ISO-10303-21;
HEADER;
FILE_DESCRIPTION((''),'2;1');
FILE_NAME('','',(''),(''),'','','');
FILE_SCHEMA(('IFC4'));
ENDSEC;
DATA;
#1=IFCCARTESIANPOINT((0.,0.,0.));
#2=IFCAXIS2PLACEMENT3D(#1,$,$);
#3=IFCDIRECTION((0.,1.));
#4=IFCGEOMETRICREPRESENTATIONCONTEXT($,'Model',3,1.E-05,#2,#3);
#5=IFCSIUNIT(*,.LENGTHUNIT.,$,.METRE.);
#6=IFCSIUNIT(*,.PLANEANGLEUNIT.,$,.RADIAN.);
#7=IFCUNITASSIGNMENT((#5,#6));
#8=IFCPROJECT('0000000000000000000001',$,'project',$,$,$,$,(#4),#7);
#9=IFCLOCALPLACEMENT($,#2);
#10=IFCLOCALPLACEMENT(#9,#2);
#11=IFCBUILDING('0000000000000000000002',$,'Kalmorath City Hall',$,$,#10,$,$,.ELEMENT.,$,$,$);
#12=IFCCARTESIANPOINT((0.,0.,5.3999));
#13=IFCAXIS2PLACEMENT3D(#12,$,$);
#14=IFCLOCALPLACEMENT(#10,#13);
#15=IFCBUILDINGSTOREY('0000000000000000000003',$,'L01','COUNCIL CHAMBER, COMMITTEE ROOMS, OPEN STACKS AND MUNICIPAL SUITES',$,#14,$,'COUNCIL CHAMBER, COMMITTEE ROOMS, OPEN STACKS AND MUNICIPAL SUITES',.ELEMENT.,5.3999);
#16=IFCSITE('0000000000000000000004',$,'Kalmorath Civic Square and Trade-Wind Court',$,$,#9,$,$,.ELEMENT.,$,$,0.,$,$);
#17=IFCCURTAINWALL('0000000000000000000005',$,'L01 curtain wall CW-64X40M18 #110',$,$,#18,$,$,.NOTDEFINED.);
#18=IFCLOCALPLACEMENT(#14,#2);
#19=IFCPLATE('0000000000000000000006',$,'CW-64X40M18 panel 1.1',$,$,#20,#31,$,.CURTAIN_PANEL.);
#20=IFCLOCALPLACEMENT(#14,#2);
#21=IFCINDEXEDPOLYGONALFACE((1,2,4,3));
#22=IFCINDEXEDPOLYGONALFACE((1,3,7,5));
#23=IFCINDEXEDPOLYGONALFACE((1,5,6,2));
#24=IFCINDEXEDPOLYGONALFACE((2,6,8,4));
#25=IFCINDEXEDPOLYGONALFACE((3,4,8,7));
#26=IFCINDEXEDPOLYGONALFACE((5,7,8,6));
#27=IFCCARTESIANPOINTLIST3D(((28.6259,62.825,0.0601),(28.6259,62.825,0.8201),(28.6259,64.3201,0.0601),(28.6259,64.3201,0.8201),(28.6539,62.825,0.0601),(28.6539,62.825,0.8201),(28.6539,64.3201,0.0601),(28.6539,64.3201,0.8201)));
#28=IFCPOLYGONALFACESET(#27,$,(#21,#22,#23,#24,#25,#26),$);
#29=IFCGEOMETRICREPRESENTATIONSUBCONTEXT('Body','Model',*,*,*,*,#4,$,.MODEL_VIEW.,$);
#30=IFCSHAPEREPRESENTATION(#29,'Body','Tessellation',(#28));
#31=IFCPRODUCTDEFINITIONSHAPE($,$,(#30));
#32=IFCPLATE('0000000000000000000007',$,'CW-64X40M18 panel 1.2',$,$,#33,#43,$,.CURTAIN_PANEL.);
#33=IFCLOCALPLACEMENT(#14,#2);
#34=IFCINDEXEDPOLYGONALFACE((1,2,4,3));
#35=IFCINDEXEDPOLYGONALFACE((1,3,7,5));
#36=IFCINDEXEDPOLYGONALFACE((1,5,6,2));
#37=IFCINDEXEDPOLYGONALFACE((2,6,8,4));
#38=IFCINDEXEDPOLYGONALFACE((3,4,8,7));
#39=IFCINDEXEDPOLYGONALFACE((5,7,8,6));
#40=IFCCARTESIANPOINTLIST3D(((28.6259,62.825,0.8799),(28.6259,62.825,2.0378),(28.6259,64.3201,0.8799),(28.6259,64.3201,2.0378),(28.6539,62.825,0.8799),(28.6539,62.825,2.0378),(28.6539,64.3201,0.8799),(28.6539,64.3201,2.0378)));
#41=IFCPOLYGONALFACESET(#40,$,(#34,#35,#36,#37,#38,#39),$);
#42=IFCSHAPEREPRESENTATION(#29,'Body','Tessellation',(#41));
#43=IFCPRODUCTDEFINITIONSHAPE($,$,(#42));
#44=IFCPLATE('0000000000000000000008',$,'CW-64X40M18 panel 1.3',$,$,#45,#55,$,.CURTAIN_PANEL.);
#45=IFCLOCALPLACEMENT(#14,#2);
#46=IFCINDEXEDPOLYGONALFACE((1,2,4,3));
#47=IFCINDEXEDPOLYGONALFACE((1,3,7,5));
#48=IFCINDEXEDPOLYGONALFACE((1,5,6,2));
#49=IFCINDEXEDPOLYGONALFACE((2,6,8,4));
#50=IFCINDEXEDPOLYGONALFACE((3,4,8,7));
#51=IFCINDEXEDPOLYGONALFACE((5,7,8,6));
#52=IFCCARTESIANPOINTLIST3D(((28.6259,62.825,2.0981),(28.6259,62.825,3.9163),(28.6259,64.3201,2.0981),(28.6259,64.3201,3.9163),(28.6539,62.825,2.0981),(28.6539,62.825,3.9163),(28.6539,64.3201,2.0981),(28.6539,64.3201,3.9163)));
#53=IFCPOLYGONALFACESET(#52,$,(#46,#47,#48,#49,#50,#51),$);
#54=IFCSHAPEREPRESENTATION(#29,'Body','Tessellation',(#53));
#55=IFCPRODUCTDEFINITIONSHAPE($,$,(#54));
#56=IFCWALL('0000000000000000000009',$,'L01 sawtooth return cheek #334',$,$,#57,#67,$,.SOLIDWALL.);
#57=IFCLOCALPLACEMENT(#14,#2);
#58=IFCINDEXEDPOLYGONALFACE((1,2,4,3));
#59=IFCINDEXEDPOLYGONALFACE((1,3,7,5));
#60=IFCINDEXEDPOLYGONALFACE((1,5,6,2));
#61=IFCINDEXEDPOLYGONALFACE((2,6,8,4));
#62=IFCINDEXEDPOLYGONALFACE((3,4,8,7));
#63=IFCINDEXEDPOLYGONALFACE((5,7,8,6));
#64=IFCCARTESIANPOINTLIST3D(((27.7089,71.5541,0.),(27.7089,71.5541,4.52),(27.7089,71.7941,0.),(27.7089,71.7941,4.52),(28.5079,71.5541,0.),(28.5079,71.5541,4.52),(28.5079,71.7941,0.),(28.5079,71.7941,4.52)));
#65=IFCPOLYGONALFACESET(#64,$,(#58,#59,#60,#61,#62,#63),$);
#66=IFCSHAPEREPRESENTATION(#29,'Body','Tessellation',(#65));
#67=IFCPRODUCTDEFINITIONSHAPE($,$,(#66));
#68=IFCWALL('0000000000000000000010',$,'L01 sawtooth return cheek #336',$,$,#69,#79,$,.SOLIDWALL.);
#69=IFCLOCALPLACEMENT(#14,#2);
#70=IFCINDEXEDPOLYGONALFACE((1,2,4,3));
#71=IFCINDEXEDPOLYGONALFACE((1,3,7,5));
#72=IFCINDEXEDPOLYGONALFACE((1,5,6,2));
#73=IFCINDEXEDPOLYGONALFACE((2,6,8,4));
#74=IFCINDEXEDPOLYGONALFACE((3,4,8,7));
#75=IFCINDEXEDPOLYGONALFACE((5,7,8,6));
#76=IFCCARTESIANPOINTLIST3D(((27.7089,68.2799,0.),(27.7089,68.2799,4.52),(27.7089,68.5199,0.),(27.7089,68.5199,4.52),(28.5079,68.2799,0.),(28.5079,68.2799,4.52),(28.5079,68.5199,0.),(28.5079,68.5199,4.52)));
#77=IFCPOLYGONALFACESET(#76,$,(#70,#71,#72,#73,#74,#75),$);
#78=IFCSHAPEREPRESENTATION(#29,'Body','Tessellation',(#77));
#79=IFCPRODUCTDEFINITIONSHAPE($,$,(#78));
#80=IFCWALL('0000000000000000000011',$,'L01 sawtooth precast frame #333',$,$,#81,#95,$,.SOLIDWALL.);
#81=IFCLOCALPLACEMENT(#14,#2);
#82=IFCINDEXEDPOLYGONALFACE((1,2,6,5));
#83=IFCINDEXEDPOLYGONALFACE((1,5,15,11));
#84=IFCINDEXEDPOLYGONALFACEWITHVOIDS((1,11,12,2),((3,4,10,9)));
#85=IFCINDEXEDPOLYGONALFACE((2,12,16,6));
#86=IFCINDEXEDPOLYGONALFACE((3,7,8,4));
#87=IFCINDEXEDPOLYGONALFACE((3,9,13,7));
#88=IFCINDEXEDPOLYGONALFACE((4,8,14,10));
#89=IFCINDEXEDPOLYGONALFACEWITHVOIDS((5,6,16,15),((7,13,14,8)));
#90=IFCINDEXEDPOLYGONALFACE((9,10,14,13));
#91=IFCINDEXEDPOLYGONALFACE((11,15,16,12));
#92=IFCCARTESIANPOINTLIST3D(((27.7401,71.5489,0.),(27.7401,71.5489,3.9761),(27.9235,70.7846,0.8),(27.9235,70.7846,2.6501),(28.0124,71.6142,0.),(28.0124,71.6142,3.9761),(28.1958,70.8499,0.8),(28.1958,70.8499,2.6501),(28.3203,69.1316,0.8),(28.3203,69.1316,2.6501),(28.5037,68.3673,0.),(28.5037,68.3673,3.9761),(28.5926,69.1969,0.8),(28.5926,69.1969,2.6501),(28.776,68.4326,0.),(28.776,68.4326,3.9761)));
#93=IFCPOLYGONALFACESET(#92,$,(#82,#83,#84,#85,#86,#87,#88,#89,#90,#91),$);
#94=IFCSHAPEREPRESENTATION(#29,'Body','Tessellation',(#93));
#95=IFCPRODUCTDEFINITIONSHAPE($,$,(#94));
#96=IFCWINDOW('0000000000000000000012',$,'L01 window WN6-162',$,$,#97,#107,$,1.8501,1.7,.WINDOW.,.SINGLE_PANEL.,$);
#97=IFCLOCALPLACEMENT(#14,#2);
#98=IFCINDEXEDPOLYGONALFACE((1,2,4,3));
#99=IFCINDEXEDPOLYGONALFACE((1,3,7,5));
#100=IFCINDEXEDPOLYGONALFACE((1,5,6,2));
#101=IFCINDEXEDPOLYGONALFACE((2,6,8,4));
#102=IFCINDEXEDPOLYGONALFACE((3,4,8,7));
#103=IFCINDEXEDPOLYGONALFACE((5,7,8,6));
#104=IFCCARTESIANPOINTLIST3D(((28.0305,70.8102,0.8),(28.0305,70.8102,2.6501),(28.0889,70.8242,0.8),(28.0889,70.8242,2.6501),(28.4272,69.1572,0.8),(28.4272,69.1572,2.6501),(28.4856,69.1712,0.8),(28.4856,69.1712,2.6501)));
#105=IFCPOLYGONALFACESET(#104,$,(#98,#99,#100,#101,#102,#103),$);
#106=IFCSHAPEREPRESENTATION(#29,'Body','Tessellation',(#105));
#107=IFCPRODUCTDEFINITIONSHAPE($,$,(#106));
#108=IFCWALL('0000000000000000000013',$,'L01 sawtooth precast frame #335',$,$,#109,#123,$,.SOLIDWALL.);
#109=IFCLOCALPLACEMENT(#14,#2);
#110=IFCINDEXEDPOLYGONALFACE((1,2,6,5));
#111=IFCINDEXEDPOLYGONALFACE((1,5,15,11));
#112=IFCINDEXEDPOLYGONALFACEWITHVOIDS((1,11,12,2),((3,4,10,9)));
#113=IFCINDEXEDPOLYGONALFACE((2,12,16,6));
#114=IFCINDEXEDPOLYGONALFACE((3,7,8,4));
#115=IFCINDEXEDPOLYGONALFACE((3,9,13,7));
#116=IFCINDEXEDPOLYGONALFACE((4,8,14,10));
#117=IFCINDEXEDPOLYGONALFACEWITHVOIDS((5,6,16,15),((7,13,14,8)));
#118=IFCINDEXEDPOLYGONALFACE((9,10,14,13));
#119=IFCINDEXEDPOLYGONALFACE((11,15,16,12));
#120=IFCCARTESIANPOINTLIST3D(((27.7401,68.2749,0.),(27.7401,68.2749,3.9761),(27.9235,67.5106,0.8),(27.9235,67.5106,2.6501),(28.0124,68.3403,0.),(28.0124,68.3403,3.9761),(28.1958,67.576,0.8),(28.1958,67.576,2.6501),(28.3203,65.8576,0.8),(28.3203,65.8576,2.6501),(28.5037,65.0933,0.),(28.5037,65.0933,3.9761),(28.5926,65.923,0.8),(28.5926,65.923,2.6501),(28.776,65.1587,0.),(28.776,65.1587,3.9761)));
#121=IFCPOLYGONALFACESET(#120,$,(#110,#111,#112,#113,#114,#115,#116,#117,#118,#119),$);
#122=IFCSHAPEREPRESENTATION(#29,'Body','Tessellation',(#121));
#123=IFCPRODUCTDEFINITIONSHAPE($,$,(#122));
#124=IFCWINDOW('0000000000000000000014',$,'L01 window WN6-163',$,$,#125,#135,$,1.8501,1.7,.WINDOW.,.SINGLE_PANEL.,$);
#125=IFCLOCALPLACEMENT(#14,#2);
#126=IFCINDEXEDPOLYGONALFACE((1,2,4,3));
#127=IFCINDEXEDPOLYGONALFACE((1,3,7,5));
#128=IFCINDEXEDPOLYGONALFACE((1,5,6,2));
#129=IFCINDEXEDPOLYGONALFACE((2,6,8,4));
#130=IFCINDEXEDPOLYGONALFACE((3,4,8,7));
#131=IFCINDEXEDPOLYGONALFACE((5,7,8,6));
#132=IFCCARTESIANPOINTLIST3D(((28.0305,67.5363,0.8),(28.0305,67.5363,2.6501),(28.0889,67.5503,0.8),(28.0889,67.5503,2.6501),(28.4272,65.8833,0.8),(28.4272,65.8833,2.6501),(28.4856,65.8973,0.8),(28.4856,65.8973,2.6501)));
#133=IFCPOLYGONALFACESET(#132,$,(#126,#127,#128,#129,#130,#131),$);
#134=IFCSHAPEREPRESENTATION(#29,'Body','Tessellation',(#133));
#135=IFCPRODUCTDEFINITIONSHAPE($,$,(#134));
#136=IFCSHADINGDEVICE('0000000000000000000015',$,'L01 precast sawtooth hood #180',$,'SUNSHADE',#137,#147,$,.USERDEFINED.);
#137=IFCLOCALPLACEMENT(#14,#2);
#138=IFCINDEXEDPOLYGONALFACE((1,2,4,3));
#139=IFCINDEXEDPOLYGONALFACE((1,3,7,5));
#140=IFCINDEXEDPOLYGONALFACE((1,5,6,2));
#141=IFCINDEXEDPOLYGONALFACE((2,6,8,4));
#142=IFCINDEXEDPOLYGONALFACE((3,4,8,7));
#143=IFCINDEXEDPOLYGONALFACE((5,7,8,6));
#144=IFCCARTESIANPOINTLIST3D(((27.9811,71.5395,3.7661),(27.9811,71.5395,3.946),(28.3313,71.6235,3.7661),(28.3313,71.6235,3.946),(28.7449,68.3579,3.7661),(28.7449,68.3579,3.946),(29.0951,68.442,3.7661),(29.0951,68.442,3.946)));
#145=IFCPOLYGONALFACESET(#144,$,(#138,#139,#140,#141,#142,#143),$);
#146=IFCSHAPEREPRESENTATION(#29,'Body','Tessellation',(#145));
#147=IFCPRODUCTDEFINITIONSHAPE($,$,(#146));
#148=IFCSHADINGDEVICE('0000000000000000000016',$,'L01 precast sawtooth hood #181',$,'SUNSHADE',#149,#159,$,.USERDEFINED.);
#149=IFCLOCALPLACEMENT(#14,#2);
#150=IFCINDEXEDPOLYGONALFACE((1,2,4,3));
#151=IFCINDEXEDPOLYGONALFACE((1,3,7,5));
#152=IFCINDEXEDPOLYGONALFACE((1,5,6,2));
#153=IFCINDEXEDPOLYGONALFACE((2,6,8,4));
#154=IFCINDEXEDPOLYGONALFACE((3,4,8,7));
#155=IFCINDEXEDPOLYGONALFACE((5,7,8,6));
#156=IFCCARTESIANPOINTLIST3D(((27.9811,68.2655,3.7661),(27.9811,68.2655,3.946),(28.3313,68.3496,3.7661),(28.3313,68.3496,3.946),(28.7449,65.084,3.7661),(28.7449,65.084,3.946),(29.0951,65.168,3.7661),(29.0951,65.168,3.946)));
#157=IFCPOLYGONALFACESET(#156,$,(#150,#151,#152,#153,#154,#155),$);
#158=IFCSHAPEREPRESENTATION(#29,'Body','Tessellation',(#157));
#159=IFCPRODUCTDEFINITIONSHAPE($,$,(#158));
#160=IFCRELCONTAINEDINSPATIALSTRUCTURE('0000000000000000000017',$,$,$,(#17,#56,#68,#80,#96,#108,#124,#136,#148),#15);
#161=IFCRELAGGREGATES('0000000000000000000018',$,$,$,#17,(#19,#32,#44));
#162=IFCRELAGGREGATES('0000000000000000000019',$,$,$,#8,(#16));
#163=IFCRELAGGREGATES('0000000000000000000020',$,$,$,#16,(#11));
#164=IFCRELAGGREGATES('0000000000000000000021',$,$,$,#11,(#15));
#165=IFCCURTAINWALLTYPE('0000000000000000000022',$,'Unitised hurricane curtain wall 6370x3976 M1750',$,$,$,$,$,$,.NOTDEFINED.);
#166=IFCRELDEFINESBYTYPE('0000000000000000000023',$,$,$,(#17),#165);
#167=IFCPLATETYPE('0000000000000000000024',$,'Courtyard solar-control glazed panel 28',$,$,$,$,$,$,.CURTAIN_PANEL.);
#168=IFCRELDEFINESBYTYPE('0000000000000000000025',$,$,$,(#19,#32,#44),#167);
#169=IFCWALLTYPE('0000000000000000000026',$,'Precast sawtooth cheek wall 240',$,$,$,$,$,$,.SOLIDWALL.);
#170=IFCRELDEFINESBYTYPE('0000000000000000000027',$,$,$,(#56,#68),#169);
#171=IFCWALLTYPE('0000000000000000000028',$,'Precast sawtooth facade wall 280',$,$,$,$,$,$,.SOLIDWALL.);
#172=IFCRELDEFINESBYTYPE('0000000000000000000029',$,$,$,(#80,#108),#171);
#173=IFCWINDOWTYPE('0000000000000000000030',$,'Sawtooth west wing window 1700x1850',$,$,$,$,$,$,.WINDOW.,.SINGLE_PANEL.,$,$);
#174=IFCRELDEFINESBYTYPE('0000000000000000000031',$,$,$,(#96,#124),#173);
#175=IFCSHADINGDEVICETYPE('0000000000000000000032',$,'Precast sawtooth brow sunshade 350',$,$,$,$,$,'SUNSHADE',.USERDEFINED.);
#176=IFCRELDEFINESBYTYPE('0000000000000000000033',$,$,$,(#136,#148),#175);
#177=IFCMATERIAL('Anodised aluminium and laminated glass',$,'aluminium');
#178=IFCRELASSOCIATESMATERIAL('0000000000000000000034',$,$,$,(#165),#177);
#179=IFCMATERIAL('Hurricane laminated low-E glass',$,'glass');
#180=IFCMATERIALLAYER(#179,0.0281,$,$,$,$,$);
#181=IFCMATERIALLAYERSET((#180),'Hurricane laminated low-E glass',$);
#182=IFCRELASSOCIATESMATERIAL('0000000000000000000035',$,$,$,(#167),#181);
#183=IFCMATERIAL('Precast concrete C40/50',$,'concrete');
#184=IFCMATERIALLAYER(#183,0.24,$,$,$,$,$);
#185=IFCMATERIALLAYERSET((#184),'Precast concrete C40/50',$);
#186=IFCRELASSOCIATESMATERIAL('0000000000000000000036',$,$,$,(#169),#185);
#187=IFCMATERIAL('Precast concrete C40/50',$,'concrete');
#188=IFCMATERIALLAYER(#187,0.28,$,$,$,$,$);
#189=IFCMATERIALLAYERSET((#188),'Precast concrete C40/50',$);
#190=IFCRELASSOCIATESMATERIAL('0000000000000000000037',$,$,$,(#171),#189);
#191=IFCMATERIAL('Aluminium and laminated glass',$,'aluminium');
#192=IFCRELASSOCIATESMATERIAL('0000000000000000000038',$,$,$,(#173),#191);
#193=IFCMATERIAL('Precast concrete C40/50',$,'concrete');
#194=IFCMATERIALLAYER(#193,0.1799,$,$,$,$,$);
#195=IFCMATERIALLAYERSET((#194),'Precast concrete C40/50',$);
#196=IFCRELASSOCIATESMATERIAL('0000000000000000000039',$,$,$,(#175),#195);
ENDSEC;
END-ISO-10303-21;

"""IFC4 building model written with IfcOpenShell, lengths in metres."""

from ifc_helpers import new_model, si_unit, direction, frame, frame_2d, origin, origin_2d, place, context, subcontext, project, spatial, rectangle, extrude, material, layer, layer_set, type_object, element, fill, aggregate, save


model = new_model("IFC4")

# Units and contexts
model_context = context("Model", 3, precision=1e-05, world=origin(), true_north=direction((0.0, 1.0)))
body_context = subcontext(model_context, "Body", "Model", "MODEL_VIEW")
ifc_project = project(units=[si_unit("LENGTHUNIT", "METRE"), si_unit("PLANEANGLEUNIT", "RADIAN")], contexts=[model_context])

# Site, building, storey
site_placement = place(None, origin())
site = spatial("IfcSite", under=ifc_project, at=site_placement, Name="Kalmorath Civic Square and Trade-Wind Court", CompositionType="ELEMENT", RefElevation=0.0)
building_placement = place(site_placement, origin())
building = spatial("IfcBuilding", under=site, at=building_placement, Name="Kalmorath City Hall", CompositionType="ELEMENT")
storey_placement = place(building_placement, frame((0.0, 0.0, 5.3999)))
storey = spatial("IfcBuildingStorey", under=building, at=storey_placement, Name="L01", Description="COUNCIL CHAMBER, COMMITTEE ROOMS, OPEN STACKS AND MUNICIPAL SUITES", LongName="COUNCIL CHAMBER, COMMITTEE ROOMS, OPEN STACKS AND MUNICIPAL SUITES", CompositionType="ELEMENT", Elevation=5.3999)

# Curtain wall
ifc_material_1 = material(Name="Anodised aluminium and laminated glass", Category="aluminium")
curtain_wall_type = type_object("IfcCurtainWallType", Name="Unitised hurricane curtain wall 6370x3976 M1750", PredefinedType="NOTDEFINED", material=ifc_material_1)
curtain_wall_placement = place(storey_placement, origin())
curtain_wall = element("IfcCurtainWall", 1, at=curtain_wall_placement, inside=storey, type_object=curtain_wall_type, Name="L01 curtain wall CW-64X40M18 #110", PredefinedType="NOTDEFINED")

# Plates
ifc_material_2 = material(Name="Hurricane laminated low-E glass", Category="glass")
ifc_layer_1 = layer(ifc_material_2, 0.0281)
ifc_layer_set_1 = layer_set([ifc_layer_1], Name="Hurricane laminated low-E glass")
plate_type = type_object("IfcPlateType", Name="Courtyard solar-control glazed panel 28", PredefinedType="CURTAIN_PANEL", material=ifc_layer_set_1)
plate_1_placement = place(storey_placement, frame((28.6399, 63.5725, 0.0601), z_axis=(0.0, 0.0, 1.0), x_axis=(0.0, -1.0, 0.0)))
plate_1 = element("IfcPlate", 2, at=plate_1_placement, type_object=plate_type, Name="CW-64X40M18 panel 1.1", PredefinedType="CURTAIN_PANEL", context=body_context, shape_type="SweptSolid", body=[
    extrude(rectangle(XDim=1.4951, YDim=0.0281, at=origin_2d()), origin(), (0.0, 0.0, 1.0), 0.76),
])
plate_2_placement = place(storey_placement, frame((28.6399, 63.5725, 0.8799), z_axis=(0.0, 0.0, 1.0), x_axis=(0.0, -1.0, 0.0)))
plate_2 = element("IfcPlate", 3, at=plate_2_placement, type_object=plate_type, Name="CW-64X40M18 panel 1.2", PredefinedType="CURTAIN_PANEL", context=body_context, shape_type="SweptSolid", body=[
    extrude(rectangle(XDim=1.4951, YDim=0.0281, at=origin_2d()), origin(), (0.0, 0.0, 1.0), 1.158),
])
plate_3_placement = place(storey_placement, frame((28.6399, 63.5725, 2.0981), z_axis=(0.0, 0.0, 1.0), x_axis=(0.0, -1.0, 0.0)))
plate_3 = element("IfcPlate", 4, at=plate_3_placement, type_object=plate_type, Name="CW-64X40M18 panel 1.3", PredefinedType="CURTAIN_PANEL", context=body_context, shape_type="SweptSolid", body=[
    extrude(rectangle(XDim=1.4951, YDim=0.0281, at=origin_2d()), origin(), (0.0, 0.0, 1.0), 1.8181),
])
aggregate(curtain_wall, [plate_1, plate_2, plate_3])

# Walls
ifc_material_3 = material(Name="Precast concrete C40/50", Category="concrete")
ifc_layer_2 = layer(ifc_material_3, 0.24)
ifc_layer_set_2 = layer_set([ifc_layer_2], Name="Precast concrete C40/50")
wall_type_1 = type_object("IfcWallType", Name="Precast sawtooth cheek wall 240", PredefinedType="SOLIDWALL", material=ifc_layer_set_2)
for number, where, z_axis, x_axis, name in (
    (5, (27.709, 71.6741, 0.0), (0.0, 0.0, 1.0), (1.0, 0.0, 0.0), "L01 sawtooth return cheek #334"),
    (6, (27.709, 68.3999, 0.0), (0.0, 0.0, 1.0), (1.0, 0.0, 0.0), "L01 sawtooth return cheek #336"),
):
    element("IfcWall", number, at=place(storey_placement, frame(where, z_axis=z_axis, x_axis=x_axis)), inside=storey, type_object=wall_type_1, Name=name, PredefinedType="SOLIDWALL", context=body_context, shape_type="SweptSolid", body=[
        extrude(rectangle(XDim=0.7991, YDim=0.24, at=frame_2d((0.3994, 0.0))), origin(), (0.0, 0.0, 1.0), 4.52),
    ])

# Walls, openings, windows
ifc_material_4 = material(Name="Precast concrete C40/50", Category="concrete")
ifc_layer_3 = layer(ifc_material_4, 0.28)
ifc_layer_set_3 = layer_set([ifc_layer_3], Name="Precast concrete C40/50")
wall_type_2 = type_object("IfcWallType", Name="Precast sawtooth facade wall 280", PredefinedType="SOLIDWALL", material=ifc_layer_set_3)
wall_1_placement = place(storey_placement, frame((27.8762, 71.5815, 0.0), z_axis=(0.0, 0.0, 1.0), x_axis=(0.233396, -0.972382, 0.0)))
wall_1 = element("IfcWall", 7, at=wall_1_placement, inside=storey, type_object=wall_type_2, Name="L01 sawtooth precast frame #333", PredefinedType="SOLIDWALL", context=body_context, shape_type="SweptSolid", body=[
    extrude(rectangle(XDim=3.272, YDim=0.28, at=frame_2d((1.636, 0.0))), origin(), (0.0, 0.0, 1.0), 3.9761),
])
opening_1_placement = place(wall_1_placement, frame((0.7859, 0.0, 0.8)))
opening_1 = element("IfcOpeningElement", 8, at=opening_1_placement, cuts=wall_1, PredefinedType="OPENING", context=body_context, shape_type="SweptSolid", body=[
    extrude(rectangle(XDim=1.7, YDim=1.8501, at=frame_2d((0.8501, 0.925))), frame((0.0, 0.1499, 0.0), z_axis=(0.0, -1.0, 0.0), x_axis=(1.0, 0.0, 0.0)), (0.0, 0.0, 1.0), 0.3),
])
ifc_material_5 = material(Name="Aluminium and laminated glass", Category="aluminium")
window_type = type_object("IfcWindowType", Name="Sawtooth west wing window 1700x1850", PartitioningType="SINGLE_PANEL", PredefinedType="WINDOW", material=ifc_material_5)
window_1_placement = place(opening_1_placement, origin())
window_1 = element("IfcWindow", 9, at=window_1_placement, inside=storey, type_object=window_type, Name="L01 window WN6-162", OverallHeight=1.8501, OverallWidth=1.7, PartitioningType="SINGLE_PANEL", PredefinedType="WINDOW", context=body_context, shape_type="SweptSolid", body=[
    extrude(rectangle(XDim=1.7, YDim=1.8501, at=frame_2d((0.8501, 0.925))), frame((0.0, 0.03, 0.0), z_axis=(0.0, -1.0, 0.0), x_axis=(1.0, 0.0, 0.0)), (0.0, 0.0, 1.0), 0.0601),
])
fill(opening_1, window_1)
wall_2_placement = place(storey_placement, frame((27.8762, 68.3076, 0.0), z_axis=(0.0, 0.0, 1.0), x_axis=(0.233396, -0.972382, 0.0)))
wall_2 = element("IfcWall", 10, at=wall_2_placement, inside=storey, type_object=wall_type_2, Name="L01 sawtooth precast frame #335", PredefinedType="SOLIDWALL", context=body_context, shape_type="SweptSolid", body=[
    extrude(rectangle(XDim=3.272, YDim=0.28, at=frame_2d((1.636, 0.0))), origin(), (0.0, 0.0, 1.0), 3.9761),
])
opening_2_placement = place(wall_2_placement, frame((0.7859, 0.0, 0.8)))
opening_2 = element("IfcOpeningElement", 11, at=opening_2_placement, cuts=wall_2, PredefinedType="OPENING", context=body_context, shape_type="SweptSolid", body=[
    extrude(rectangle(XDim=1.7, YDim=1.8501, at=frame_2d((0.8501, 0.925))), frame((0.0, 0.1499, 0.0), z_axis=(0.0, -1.0, 0.0), x_axis=(1.0, 0.0, 0.0)), (0.0, 0.0, 1.0), 0.3),
])
window_2_placement = place(opening_2_placement, origin())
window_2 = element("IfcWindow", 12, at=window_2_placement, inside=storey, type_object=window_type, Name="L01 window WN6-163", OverallHeight=1.8501, OverallWidth=1.7, PartitioningType="SINGLE_PANEL", PredefinedType="WINDOW", context=body_context, shape_type="SweptSolid", body=[
    extrude(rectangle(XDim=1.7, YDim=1.8501, at=frame_2d((0.8501, 0.925))), frame((0.0, 0.03, 0.0), z_axis=(0.0, -1.0, 0.0), x_axis=(1.0, 0.0, 0.0)), (0.0, 0.0, 1.0), 0.0601),
])
fill(opening_2, window_2)

# Shading devices
ifc_material_6 = material(Name="Precast concrete C40/50", Category="concrete")
ifc_layer_4 = layer(ifc_material_6, 0.1799)
ifc_layer_set_4 = layer_set([ifc_layer_4], Name="Precast concrete C40/50")
shading_device_type = type_object("IfcShadingDeviceType", Name="Precast sawtooth brow sunshade 350", ElementType="SUNSHADE", PredefinedType="USERDEFINED", material=ifc_layer_set_4)
for number, where, z_axis, x_axis, name in (
    (13, (28.5381, 69.9907, 3.7661), (0.0, 0.0, 1.0), (0.233445, -0.97237, 0.0), "L01 precast sawtooth hood #180"),
    (14, (28.5381, 66.7168, 3.7661), (0.0, 0.0, 1.0), (0.233445, -0.97237, 0.0), "L01 precast sawtooth hood #181"),
):
    element("IfcShadingDevice", number, at=place(storey_placement, frame(where, z_axis=z_axis, x_axis=x_axis)), inside=storey, type_object=shading_device_type, Name=name, ObjectType="SUNSHADE", PredefinedType="USERDEFINED", context=body_context, shape_type="SweptSolid", body=[
        extrude(rectangle(XDim=3.272, YDim=0.3601, at=origin_2d()), origin(), (0.0, 0.0, 1.0), 0.1799),
    ])

save(model, "model.ifc")
